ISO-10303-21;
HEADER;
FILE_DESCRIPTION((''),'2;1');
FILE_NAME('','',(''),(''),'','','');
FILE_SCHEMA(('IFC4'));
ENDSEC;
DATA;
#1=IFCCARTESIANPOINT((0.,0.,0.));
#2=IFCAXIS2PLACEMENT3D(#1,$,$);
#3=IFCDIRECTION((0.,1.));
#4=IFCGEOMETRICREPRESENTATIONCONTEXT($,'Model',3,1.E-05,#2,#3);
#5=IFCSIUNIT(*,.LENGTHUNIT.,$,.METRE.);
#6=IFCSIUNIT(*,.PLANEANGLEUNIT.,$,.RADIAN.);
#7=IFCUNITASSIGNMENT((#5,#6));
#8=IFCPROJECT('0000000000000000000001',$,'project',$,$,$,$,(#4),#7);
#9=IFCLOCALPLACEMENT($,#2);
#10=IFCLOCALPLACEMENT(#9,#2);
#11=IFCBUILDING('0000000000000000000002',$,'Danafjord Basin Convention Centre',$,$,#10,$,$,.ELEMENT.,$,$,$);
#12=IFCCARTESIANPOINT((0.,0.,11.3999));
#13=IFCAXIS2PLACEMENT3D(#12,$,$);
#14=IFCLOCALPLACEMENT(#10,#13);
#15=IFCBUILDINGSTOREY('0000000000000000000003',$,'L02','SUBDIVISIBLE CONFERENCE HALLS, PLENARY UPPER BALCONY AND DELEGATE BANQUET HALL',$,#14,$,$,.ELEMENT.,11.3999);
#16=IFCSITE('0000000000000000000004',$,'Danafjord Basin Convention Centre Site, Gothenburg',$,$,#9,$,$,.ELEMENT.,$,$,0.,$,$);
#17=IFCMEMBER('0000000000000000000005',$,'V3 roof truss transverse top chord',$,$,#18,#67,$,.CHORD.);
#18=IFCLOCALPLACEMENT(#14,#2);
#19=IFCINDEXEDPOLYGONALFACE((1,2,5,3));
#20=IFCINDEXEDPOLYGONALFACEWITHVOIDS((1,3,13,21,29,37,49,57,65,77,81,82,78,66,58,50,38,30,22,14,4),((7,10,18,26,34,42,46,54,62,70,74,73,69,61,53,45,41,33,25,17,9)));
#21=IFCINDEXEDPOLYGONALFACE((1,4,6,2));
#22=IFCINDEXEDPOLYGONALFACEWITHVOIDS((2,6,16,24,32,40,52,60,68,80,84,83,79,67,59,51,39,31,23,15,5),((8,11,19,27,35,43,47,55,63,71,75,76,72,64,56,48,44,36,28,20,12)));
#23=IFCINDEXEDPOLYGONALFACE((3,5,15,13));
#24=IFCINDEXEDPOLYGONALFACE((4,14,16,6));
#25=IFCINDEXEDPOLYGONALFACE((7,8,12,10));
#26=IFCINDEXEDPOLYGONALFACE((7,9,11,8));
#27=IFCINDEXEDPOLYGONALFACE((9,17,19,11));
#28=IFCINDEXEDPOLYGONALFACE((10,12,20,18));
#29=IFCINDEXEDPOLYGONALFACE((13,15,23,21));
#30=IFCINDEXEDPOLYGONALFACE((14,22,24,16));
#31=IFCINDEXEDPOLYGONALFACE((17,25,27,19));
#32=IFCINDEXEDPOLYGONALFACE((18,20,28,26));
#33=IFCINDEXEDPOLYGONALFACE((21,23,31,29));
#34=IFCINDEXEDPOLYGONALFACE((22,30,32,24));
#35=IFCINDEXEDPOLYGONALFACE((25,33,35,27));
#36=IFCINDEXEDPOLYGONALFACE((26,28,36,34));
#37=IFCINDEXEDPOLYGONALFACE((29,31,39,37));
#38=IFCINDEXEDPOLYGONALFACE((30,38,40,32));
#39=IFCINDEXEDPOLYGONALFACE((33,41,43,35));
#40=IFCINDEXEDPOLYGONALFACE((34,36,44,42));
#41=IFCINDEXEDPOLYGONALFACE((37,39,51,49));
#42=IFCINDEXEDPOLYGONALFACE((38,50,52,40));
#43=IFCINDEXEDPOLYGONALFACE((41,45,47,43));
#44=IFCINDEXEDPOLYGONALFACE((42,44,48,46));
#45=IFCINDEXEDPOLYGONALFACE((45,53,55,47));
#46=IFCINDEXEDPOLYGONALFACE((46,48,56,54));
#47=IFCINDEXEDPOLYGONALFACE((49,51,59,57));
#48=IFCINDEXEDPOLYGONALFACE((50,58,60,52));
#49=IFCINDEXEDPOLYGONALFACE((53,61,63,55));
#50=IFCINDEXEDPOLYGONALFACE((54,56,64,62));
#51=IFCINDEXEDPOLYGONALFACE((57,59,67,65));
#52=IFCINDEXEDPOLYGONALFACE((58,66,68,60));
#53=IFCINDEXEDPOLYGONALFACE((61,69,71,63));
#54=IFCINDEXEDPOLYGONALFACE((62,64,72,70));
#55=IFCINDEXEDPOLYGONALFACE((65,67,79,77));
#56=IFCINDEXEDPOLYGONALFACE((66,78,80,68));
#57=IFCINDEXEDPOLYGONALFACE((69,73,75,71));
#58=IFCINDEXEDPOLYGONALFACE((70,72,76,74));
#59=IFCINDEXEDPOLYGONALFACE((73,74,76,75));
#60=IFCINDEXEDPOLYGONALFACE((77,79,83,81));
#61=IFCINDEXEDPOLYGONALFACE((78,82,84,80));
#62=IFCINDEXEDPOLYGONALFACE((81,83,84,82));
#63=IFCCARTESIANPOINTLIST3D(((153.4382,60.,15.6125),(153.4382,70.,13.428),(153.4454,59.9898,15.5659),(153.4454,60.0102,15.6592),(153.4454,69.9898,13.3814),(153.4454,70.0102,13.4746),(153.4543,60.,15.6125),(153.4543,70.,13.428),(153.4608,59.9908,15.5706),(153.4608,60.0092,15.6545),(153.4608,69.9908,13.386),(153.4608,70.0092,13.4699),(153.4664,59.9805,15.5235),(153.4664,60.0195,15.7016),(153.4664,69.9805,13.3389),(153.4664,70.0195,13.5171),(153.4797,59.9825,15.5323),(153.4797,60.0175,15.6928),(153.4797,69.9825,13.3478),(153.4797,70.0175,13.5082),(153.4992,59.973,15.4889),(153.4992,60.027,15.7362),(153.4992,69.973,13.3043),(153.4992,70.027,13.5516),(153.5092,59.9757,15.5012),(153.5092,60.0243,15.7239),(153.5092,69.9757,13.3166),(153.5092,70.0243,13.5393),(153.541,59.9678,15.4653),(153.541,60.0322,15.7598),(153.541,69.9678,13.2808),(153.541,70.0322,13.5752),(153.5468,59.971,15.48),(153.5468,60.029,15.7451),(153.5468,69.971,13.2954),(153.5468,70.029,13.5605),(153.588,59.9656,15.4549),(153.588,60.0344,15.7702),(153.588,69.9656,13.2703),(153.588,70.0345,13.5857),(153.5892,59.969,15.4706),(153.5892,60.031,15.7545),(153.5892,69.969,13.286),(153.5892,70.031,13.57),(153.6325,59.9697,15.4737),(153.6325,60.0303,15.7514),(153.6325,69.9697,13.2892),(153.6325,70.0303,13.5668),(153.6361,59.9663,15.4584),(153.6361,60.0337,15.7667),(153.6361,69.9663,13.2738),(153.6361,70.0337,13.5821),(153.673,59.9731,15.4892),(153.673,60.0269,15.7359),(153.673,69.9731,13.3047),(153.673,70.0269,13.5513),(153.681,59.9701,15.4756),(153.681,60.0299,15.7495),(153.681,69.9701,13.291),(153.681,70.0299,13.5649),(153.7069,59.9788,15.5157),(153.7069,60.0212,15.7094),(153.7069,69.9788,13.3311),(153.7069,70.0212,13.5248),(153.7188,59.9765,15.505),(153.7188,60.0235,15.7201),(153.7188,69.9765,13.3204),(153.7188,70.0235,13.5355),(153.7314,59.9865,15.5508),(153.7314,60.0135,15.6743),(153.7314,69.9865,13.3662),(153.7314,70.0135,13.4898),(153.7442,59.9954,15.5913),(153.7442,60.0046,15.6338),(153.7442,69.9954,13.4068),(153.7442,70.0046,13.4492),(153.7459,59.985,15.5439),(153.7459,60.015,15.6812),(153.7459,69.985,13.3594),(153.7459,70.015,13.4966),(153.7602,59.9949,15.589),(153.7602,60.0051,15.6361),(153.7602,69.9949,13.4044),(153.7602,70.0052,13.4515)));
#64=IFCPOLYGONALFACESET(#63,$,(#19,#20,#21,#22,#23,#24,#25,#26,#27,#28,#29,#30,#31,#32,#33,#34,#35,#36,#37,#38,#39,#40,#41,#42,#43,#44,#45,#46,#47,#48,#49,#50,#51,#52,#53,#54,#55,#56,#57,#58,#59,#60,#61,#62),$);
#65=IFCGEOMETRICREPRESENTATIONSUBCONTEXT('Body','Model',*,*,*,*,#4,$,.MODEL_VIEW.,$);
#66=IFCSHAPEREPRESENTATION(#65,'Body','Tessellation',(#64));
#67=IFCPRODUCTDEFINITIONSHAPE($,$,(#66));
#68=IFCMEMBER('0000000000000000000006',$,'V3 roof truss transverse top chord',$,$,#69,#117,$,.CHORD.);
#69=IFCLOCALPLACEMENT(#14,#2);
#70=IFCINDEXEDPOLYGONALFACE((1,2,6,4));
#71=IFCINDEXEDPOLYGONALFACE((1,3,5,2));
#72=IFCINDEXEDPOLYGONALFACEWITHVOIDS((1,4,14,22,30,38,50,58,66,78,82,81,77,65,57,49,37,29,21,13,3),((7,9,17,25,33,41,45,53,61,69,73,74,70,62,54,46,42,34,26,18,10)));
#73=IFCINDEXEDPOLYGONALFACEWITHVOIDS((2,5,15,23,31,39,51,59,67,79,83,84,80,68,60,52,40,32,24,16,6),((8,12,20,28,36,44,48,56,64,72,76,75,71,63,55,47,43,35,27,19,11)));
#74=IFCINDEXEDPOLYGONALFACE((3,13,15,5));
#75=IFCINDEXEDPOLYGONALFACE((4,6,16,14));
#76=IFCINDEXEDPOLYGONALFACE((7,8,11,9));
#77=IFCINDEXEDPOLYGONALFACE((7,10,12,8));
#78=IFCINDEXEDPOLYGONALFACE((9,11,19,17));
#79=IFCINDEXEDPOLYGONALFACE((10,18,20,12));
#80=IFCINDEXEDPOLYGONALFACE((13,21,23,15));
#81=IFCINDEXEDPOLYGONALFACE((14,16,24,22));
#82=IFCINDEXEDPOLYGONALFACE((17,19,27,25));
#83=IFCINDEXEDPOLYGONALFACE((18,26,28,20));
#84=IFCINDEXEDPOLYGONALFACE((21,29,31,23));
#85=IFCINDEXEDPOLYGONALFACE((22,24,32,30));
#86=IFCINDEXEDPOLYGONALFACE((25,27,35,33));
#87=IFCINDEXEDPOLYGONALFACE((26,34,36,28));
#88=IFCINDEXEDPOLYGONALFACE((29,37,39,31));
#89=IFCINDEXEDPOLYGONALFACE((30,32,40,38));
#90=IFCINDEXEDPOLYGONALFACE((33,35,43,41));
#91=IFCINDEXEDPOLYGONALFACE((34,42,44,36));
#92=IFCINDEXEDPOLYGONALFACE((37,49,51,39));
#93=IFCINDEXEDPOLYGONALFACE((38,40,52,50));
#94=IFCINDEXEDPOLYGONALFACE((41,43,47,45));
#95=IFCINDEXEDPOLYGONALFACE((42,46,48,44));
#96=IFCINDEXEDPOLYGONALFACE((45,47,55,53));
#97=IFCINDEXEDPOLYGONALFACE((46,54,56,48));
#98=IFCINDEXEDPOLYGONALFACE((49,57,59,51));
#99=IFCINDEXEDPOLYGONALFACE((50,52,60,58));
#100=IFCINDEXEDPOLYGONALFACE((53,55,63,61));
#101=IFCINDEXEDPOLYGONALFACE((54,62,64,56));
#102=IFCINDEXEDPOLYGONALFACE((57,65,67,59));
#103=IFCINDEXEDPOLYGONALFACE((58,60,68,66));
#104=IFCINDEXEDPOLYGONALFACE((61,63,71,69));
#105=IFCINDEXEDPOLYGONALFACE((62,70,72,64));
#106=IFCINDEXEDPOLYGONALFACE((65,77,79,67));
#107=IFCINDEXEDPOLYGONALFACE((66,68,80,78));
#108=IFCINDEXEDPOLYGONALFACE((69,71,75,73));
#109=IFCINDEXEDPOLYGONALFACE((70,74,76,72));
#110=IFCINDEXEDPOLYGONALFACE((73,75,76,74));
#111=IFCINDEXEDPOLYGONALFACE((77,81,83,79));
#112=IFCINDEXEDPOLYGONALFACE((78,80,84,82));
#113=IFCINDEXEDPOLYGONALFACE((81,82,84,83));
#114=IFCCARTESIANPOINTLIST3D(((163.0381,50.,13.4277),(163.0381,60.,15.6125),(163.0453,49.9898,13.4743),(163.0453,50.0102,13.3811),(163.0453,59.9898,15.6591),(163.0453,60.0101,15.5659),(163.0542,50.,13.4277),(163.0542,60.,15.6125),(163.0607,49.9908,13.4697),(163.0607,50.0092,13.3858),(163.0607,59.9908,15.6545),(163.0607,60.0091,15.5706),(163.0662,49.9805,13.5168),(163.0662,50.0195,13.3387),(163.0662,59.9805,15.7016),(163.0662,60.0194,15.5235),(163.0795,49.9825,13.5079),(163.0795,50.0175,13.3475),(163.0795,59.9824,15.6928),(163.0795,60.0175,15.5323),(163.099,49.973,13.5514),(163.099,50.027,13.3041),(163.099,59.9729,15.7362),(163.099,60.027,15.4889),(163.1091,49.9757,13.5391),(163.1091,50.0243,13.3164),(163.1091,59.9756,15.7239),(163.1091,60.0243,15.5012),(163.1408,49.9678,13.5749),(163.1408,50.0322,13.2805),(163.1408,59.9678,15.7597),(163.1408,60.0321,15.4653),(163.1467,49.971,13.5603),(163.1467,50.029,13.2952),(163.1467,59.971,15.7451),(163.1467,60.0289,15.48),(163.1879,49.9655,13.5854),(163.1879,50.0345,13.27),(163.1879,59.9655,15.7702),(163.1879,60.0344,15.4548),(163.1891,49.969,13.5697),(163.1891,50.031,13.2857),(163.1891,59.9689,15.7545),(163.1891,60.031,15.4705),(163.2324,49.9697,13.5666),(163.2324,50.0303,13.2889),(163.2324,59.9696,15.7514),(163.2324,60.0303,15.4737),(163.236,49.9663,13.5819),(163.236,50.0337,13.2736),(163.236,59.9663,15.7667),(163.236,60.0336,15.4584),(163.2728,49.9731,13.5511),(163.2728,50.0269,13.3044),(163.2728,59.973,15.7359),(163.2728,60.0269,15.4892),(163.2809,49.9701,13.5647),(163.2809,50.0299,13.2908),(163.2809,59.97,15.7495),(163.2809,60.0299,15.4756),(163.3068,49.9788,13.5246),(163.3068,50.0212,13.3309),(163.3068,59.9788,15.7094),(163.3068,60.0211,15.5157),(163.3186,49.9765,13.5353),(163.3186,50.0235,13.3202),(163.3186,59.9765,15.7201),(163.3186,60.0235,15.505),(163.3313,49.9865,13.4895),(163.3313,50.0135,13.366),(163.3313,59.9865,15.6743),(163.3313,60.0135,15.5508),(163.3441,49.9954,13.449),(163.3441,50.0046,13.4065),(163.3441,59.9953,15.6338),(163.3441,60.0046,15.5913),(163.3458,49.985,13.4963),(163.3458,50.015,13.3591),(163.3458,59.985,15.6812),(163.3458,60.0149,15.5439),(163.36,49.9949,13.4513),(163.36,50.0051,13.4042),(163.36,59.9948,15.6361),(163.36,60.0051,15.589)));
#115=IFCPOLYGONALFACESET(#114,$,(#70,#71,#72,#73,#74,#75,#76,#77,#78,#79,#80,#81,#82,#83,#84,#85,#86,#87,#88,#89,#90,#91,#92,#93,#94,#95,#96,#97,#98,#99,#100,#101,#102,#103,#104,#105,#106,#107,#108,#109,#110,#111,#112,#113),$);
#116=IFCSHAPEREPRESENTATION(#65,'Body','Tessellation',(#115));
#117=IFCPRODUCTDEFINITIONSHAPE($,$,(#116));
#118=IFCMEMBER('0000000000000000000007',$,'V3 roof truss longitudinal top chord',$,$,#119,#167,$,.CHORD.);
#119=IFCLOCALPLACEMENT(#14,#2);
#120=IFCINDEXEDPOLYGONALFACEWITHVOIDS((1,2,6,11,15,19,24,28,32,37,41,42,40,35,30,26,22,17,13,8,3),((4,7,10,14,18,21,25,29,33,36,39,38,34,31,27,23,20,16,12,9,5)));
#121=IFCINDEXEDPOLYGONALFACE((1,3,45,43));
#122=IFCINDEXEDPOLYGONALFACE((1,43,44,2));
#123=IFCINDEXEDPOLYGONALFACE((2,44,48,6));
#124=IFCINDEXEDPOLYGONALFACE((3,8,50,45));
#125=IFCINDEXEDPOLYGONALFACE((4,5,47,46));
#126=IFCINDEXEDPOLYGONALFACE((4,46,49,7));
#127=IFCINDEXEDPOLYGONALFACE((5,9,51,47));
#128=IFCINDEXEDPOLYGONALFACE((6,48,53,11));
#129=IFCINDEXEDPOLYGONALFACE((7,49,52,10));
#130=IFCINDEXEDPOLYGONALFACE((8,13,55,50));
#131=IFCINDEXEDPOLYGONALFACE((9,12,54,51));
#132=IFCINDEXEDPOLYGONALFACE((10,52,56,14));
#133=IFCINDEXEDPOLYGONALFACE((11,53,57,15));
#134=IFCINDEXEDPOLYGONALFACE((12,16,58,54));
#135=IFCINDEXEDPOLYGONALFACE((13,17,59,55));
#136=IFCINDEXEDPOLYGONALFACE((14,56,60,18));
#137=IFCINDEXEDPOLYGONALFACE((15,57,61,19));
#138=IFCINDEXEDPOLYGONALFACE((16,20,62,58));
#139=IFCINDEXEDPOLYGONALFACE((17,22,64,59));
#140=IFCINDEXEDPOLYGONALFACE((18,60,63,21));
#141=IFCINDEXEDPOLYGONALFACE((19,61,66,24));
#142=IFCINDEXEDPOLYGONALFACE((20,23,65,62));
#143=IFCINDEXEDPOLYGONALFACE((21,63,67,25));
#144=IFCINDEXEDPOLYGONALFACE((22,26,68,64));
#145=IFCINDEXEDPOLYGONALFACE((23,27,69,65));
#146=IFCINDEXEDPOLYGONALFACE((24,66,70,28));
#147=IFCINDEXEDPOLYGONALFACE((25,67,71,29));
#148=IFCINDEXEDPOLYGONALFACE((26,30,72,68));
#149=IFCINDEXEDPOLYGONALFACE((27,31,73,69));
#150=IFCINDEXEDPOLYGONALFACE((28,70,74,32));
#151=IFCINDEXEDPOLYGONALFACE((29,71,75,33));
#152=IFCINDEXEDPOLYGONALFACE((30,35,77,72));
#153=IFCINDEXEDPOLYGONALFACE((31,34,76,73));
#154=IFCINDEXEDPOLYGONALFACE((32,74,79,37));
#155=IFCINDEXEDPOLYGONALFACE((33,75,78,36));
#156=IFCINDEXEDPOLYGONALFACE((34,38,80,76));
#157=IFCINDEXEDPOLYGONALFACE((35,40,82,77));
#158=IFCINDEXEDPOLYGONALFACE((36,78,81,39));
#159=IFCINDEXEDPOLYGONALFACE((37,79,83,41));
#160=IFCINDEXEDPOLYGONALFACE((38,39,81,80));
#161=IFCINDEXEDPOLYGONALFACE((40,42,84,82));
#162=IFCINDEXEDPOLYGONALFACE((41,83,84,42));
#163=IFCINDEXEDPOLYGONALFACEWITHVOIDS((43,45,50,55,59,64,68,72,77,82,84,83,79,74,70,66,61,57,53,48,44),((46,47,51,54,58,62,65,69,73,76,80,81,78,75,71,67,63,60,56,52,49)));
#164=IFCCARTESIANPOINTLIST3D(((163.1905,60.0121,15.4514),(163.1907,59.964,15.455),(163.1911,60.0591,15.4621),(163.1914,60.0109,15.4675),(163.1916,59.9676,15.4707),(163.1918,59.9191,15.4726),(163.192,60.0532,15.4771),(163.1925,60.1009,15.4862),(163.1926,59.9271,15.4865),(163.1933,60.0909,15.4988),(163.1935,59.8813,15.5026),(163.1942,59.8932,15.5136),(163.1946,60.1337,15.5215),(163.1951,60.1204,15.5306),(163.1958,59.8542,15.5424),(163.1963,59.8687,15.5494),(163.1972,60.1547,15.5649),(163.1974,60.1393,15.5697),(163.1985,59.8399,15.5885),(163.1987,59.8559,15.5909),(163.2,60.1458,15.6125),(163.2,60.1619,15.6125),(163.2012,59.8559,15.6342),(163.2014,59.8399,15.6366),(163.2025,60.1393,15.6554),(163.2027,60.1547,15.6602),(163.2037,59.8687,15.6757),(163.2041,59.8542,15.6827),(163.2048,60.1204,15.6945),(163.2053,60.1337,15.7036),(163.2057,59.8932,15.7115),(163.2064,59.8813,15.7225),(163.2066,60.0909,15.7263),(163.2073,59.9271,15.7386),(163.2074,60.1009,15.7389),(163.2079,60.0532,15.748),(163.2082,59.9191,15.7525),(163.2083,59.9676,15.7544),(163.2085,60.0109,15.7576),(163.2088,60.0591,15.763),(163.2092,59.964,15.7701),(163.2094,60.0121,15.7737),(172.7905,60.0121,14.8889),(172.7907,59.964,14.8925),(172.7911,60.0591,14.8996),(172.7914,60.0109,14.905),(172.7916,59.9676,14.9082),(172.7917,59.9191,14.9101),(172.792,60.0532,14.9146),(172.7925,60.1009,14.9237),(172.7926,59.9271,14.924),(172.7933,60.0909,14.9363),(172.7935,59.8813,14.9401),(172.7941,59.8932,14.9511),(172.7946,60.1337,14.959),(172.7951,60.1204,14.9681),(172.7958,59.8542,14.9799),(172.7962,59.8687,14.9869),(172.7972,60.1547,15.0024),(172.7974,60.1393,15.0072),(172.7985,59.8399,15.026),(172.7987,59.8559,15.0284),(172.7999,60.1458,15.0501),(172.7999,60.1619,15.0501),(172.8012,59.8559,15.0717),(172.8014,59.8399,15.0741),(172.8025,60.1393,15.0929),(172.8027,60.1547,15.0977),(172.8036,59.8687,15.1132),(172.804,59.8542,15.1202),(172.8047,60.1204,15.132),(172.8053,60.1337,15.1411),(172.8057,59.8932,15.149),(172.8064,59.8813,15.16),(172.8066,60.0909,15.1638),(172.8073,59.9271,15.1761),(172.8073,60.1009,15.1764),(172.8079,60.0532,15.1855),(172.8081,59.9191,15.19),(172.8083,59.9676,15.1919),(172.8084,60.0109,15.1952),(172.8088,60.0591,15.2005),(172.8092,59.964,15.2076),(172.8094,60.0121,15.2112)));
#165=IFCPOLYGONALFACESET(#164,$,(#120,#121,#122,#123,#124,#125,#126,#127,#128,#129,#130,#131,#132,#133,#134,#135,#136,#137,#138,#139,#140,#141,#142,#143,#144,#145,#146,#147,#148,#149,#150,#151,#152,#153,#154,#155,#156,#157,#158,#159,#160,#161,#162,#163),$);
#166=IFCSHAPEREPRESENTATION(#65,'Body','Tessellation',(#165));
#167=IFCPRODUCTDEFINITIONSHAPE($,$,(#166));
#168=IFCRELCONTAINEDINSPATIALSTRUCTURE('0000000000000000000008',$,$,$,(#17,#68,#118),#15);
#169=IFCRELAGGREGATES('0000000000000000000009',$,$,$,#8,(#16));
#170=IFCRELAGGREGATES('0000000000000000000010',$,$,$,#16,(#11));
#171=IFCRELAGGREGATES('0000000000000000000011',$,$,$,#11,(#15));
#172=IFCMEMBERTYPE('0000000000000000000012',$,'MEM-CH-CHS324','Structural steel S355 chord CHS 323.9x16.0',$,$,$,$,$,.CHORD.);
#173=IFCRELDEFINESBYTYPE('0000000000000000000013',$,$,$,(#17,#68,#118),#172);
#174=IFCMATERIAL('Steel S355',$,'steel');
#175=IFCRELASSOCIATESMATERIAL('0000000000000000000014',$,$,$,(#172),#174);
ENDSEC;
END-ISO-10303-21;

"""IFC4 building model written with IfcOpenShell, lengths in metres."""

from ifc_helpers import new_model, si_unit, direction, frame, origin, origin_2d, place, context, subcontext, project, spatial, hollow_circle, extrude, material, material_profile, profile_set, type_object, element, save


model = new_model("IFC4")

# Units and contexts
model_context = context("Model", 3, precision=1e-05, world=origin(), true_north=direction((0.0, 1.0)))
body_context = subcontext(model_context, "Body", "Model", "MODEL_VIEW")
ifc_project = project(units=[si_unit("LENGTHUNIT", "METRE"), si_unit("PLANEANGLEUNIT", "RADIAN")], contexts=[model_context])

# Site, building, storey
site_placement = place(None, origin())
site = spatial("IfcSite", under=ifc_project, at=site_placement, Name="Danafjord Basin Convention Centre Site, Gothenburg", CompositionType="ELEMENT", RefElevation=0.0)
building_placement = place(site_placement, origin())
building = spatial("IfcBuilding", under=site, at=building_placement, Name="Danafjord Basin Convention Centre", CompositionType="ELEMENT")
storey_placement = place(building_placement, frame((0.0, 0.0, 11.3999)))
storey = spatial("IfcBuildingStorey", under=building, at=storey_placement, Name="L02", Description="SUBDIVISIBLE CONFERENCE HALLS, PLENARY UPPER BALCONY AND DELEGATE BANQUET HALL", CompositionType="ELEMENT", Elevation=11.3999)

# Members
ifc_material = material(Name="Steel S355", Category="steel")
ifc_material_profile_1 = material_profile(ifc_material, hollow_circle(Radius=0.1619, WallThickness=0.0161, at=origin_2d()), Name="CHS 323.9x16.0")
ifc_profile_set_1 = profile_set([ifc_material_profile_1], Name="Steel S355")
member_type_1 = type_object("IfcMemberType", Name="MEM-CH-CHS324", Description="Structural steel S355 chord CHS 323.9x16.0", PredefinedType="CHORD", material=ifc_profile_set_1)
for number, where, z_axis, x_axis, name in (
    (1, (153.6001, 60.0, 15.6125), (0.0, 0.97696, -0.213424), (-1.0, 0.0, 0.0), "V3 roof truss transverse top chord"),
    (2, (163.2, 50.0, 13.4277), (0.0, 0.976955, 0.213446), (-1.0, 0.0, 0.0), "V3 roof truss transverse top chord"),
):
    element("IfcMember", number, at=place(storey_placement, frame(where, z_axis=z_axis, x_axis=x_axis)), inside=storey, type_object=member_type_1, Name=name, PredefinedType="CHORD", context=body_context, shape_type="SweptSolid", body=[
        extrude(hollow_circle(Radius=0.1619, WallThickness=0.0161, at=origin_2d()), origin(), (0.0, 0.0, 1.0), 10.2358),
    ])
member_1_placement = place(storey_placement, frame((163.2, 60.0, 15.6125), z_axis=(0.998288, 0.0, -0.058493), x_axis=(0.0, 1.0, 0.0)))
element("IfcMember", 3, at=member_1_placement, inside=storey, type_object=member_type_1, Name="V3 roof truss longitudinal top chord", PredefinedType="CHORD", context=body_context, shape_type="SweptSolid", body=[
    extrude(hollow_circle(Radius=0.1619, WallThickness=0.0161, at=origin_2d()), origin(), (0.0, 0.0, 1.0), 9.6165),
])

save(model, "model.ifc")
